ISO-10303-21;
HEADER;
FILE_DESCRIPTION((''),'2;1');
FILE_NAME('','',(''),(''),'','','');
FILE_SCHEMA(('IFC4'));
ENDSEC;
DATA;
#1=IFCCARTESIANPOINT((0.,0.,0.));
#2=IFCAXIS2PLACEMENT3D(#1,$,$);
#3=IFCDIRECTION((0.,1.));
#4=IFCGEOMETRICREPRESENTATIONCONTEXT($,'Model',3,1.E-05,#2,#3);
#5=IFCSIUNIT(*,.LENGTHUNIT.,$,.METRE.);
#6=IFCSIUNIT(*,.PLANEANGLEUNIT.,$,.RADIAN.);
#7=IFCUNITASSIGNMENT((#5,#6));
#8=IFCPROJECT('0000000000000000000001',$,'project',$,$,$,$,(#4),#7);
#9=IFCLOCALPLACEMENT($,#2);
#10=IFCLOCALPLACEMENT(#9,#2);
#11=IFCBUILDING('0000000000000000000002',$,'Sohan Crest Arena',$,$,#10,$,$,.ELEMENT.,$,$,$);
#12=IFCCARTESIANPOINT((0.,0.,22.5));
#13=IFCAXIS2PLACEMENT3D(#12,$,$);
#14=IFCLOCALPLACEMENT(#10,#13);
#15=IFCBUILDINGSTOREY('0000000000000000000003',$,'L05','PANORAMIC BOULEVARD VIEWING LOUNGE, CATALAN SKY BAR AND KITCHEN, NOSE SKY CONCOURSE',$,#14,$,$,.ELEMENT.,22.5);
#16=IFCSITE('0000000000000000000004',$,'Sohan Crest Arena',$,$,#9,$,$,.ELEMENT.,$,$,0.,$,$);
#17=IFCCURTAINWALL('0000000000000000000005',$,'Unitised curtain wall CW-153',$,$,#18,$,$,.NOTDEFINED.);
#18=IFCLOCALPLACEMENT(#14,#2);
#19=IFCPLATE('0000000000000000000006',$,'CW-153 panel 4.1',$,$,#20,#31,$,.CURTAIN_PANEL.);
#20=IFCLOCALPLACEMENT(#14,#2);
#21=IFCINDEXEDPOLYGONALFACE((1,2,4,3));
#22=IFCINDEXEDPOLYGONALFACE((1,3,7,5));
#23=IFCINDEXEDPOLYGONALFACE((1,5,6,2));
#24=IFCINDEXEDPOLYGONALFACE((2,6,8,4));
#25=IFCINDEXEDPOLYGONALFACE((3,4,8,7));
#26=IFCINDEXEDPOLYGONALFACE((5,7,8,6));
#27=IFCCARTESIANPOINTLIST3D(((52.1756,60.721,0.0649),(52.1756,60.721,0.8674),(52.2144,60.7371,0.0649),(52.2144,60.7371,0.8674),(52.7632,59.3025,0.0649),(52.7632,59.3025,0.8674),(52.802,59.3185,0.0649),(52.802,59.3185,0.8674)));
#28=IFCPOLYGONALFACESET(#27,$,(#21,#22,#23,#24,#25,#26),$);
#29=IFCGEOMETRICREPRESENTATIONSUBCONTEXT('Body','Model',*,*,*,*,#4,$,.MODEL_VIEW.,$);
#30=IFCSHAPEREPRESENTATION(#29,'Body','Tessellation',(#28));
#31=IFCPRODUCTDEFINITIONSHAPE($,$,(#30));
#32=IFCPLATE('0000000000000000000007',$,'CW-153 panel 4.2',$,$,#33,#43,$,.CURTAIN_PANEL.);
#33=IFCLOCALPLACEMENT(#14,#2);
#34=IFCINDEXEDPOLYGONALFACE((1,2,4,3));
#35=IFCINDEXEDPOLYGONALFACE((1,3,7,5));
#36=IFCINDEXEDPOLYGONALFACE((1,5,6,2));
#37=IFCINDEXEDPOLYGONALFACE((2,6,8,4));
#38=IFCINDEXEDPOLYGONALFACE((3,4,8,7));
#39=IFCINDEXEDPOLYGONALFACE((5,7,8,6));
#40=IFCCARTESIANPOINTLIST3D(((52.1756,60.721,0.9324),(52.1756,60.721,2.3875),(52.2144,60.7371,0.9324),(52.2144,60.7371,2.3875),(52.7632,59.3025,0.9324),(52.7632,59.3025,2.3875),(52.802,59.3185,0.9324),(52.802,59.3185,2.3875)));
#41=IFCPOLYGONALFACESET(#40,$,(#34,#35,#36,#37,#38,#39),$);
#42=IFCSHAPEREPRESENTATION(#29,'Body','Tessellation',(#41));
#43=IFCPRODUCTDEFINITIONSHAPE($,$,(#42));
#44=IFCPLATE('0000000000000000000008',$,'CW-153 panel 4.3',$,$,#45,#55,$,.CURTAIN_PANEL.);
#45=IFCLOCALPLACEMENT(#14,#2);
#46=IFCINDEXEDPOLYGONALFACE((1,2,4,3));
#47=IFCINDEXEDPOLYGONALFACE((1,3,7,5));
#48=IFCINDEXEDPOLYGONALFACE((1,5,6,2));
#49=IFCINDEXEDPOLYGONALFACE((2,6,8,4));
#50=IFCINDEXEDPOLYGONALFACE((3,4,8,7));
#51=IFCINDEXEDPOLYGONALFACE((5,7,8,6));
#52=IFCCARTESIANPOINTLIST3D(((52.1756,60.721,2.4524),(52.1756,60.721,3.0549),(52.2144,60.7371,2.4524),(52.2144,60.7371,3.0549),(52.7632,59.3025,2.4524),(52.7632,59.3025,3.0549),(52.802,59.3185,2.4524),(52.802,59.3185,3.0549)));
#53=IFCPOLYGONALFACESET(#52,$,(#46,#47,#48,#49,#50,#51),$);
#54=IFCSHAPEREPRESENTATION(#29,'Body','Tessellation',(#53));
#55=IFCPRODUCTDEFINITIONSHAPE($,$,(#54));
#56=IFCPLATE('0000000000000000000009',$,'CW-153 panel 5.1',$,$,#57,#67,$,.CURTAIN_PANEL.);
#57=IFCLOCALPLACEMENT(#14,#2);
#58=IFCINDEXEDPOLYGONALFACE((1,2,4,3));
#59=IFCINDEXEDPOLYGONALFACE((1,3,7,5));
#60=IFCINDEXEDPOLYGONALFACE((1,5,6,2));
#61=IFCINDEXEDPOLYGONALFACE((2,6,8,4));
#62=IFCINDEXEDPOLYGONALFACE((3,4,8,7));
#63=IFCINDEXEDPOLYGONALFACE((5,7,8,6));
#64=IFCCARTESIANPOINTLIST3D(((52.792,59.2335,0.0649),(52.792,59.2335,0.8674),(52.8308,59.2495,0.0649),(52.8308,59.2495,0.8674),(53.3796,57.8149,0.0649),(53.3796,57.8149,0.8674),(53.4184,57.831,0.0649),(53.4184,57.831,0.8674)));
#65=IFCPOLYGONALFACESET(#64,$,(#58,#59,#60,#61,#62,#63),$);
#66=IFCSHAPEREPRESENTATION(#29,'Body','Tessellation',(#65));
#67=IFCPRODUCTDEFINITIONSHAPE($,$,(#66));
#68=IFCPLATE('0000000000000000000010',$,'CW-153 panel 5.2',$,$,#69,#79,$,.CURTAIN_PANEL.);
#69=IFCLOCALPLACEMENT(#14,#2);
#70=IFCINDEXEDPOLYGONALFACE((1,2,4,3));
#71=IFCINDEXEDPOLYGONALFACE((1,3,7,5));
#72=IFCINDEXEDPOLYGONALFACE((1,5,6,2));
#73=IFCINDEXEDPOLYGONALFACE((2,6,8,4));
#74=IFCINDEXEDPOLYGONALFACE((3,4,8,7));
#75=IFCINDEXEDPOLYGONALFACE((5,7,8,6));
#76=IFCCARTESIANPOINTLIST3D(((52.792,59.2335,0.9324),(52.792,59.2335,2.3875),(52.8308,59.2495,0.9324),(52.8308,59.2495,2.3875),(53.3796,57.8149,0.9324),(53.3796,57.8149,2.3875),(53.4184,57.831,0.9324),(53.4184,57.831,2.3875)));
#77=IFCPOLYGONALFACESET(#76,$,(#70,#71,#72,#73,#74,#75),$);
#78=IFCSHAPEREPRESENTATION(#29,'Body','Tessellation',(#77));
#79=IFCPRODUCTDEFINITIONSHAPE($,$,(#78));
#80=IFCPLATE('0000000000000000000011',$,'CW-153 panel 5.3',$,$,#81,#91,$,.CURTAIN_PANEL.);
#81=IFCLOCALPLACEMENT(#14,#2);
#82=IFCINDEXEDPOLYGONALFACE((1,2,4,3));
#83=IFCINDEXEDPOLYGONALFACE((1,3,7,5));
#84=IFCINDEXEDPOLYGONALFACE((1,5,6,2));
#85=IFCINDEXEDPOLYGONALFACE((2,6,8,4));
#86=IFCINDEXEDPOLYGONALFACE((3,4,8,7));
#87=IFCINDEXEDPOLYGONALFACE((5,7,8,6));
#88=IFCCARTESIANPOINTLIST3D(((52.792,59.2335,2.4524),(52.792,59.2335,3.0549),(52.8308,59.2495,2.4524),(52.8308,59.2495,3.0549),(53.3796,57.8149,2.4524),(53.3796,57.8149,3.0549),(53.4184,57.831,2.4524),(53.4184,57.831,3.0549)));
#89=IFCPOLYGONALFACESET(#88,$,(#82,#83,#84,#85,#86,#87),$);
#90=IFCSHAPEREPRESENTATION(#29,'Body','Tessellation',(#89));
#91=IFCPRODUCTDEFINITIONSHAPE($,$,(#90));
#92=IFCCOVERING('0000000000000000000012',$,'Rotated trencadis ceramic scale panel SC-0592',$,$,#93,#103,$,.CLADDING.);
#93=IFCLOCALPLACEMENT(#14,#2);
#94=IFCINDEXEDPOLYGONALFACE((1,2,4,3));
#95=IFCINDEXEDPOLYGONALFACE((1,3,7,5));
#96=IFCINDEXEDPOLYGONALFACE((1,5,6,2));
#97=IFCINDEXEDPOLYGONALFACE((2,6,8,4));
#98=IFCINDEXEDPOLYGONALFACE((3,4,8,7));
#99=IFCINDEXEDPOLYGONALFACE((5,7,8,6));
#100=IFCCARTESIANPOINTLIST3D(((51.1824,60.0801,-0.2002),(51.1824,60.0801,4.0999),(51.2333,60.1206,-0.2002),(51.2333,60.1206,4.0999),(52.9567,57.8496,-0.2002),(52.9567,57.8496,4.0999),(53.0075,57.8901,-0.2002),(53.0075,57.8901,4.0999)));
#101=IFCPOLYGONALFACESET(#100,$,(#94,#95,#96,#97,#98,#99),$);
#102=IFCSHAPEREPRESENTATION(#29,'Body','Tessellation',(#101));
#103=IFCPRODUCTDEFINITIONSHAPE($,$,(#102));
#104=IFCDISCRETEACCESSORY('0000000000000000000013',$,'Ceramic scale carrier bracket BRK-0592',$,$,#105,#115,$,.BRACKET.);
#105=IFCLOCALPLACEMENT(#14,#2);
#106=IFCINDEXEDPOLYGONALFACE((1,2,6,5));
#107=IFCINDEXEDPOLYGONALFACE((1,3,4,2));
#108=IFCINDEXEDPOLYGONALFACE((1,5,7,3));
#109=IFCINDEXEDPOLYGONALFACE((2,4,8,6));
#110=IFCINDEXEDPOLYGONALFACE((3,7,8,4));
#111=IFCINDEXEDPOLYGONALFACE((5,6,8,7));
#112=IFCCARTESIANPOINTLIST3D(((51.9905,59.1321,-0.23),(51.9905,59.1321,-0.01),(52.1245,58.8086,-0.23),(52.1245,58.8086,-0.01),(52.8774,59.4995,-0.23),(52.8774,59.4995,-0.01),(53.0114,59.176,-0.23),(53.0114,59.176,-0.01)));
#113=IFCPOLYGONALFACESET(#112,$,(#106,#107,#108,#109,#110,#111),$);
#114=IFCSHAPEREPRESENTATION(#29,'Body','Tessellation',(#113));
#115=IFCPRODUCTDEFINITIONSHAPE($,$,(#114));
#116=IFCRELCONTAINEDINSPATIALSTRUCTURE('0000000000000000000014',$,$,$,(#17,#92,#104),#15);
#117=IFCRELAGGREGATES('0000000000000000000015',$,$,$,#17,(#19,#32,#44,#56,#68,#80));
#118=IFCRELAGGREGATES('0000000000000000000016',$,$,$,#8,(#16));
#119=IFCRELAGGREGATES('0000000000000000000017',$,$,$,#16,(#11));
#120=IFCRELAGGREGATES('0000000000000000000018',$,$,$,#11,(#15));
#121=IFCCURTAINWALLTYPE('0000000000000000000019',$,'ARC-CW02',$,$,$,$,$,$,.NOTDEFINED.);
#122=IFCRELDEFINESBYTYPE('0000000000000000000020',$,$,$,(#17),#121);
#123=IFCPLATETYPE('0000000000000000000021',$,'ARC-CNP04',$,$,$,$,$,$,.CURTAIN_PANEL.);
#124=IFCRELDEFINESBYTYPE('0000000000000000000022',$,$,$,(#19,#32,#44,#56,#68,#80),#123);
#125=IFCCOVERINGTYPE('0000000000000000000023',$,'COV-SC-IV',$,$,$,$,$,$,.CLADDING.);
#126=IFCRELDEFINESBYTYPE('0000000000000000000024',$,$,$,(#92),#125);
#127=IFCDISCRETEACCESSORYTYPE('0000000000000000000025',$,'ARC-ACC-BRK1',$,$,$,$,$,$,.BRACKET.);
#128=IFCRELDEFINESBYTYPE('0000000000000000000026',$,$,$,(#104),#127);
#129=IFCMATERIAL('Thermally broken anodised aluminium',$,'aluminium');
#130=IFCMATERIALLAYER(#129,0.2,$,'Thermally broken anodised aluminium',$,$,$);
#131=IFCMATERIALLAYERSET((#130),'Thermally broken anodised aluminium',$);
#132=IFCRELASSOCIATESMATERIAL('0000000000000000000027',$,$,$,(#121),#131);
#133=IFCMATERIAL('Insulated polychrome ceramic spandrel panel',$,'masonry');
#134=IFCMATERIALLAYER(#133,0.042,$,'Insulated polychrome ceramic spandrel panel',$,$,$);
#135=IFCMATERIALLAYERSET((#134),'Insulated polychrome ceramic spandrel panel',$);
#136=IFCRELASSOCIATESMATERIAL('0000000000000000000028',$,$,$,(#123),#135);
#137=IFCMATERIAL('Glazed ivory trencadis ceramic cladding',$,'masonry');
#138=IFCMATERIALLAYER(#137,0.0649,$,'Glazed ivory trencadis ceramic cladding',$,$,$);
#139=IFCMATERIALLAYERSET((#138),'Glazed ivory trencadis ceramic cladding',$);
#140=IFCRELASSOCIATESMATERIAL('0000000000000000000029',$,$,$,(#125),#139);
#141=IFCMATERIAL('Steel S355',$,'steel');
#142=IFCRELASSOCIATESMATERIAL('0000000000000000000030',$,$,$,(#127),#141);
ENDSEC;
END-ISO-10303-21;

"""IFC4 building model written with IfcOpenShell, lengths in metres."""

from ifc_helpers import new_model, si_unit, direction, frame, origin, origin_2d, place, context, subcontext, project, spatial, rectangle, extrude, material, layer, layer_set, type_object, element, aggregate, save


model = new_model("IFC4")

# Units and contexts
model_context = context("Model", 3, precision=1e-05, world=origin(), true_north=direction((0.0, 1.0)))
body_context = subcontext(model_context, "Body", "Model", "MODEL_VIEW")
ifc_project = project(units=[si_unit("LENGTHUNIT", "METRE"), si_unit("PLANEANGLEUNIT", "RADIAN")], contexts=[model_context])

# Site, building, storey
site_placement = place(None, origin())
site = spatial("IfcSite", under=ifc_project, at=site_placement, Name="Sohan Crest Arena", CompositionType="ELEMENT", RefElevation=0.0)
building_placement = place(site_placement, origin())
building = spatial("IfcBuilding", under=site, at=building_placement, Name="Sohan Crest Arena", CompositionType="ELEMENT")
storey_placement = place(building_placement, frame((0.0, 0.0, 22.5)))
storey = spatial("IfcBuildingStorey", under=building, at=storey_placement, Name="L05", Description="PANORAMIC BOULEVARD VIEWING LOUNGE, CATALAN SKY BAR AND KITCHEN, NOSE SKY CONCOURSE", CompositionType="ELEMENT", Elevation=22.5)

# Curtain wall, plates
ifc_material_1 = material(Name="Thermally broken anodised aluminium", Category="aluminium")
ifc_layer_1 = layer(ifc_material_1, 0.2, Name="Thermally broken anodised aluminium")
ifc_layer_set_1 = layer_set([ifc_layer_1], Name="Thermally broken anodised aluminium")
curtain_wall_type = type_object("IfcCurtainWallType", Name="ARC-CW02", PredefinedType="NOTDEFINED", material=ifc_layer_set_1)
curtain_wall_placement = place(storey_placement, origin())
curtain_wall = element("IfcCurtainWall", 1, at=curtain_wall_placement, inside=storey, type_object=curtain_wall_type, Name="Unitised curtain wall CW-153", PredefinedType="NOTDEFINED")
ifc_material_2 = material(Name="Insulated polychrome ceramic spandrel panel", Category="masonry")
ifc_layer_2 = layer(ifc_material_2, 0.042, Name="Insulated polychrome ceramic spandrel panel")
ifc_layer_set_2 = layer_set([ifc_layer_2], Name="Insulated polychrome ceramic spandrel panel")
plate_type = type_object("IfcPlateType", Name="ARC-CNP04", PredefinedType="CURTAIN_PANEL", material=ifc_layer_set_2)
plate_1_placement = place(storey_placement, frame((52.4888, 60.0198, 0.0649), z_axis=(0.0, 0.0, 1.0), x_axis=(0.382685, -0.923879, 0.0)))
plate_1 = element("IfcPlate", 2, at=plate_1_placement, type_object=plate_type, Name="CW-153 panel 4.1", PredefinedType="CURTAIN_PANEL", context=body_context, shape_type="SweptSolid", body=[
    extrude(rectangle(XDim=1.5354, YDim=0.042, at=origin_2d()), origin(), (0.0, 0.0, 1.0), 0.8025),
])
plate_2_placement = place(storey_placement, frame((52.4888, 60.0198, 0.9324), z_axis=(0.0, 0.0, 1.0), x_axis=(0.382685, -0.923879, 0.0)))
plate_2 = element("IfcPlate", 3, at=plate_2_placement, type_object=plate_type, Name="CW-153 panel 4.2", PredefinedType="CURTAIN_PANEL", context=body_context, shape_type="SweptSolid", body=[
    extrude(rectangle(XDim=1.5354, YDim=0.042, at=origin_2d()), origin(), (0.0, 0.0, 1.0), 1.4551),
])
plate_3_placement = place(storey_placement, frame((52.4888, 60.0198, 2.4524), z_axis=(0.0, 0.0, 1.0), x_axis=(0.382685, -0.923879, 0.0)))
plate_3 = element("IfcPlate", 4, at=plate_3_placement, type_object=plate_type, Name="CW-153 panel 4.3", PredefinedType="CURTAIN_PANEL", context=body_context, shape_type="SweptSolid", body=[
    extrude(rectangle(XDim=1.5354, YDim=0.042, at=origin_2d()), origin(), (0.0, 0.0, 1.0), 0.6025),
])
plate_4_placement = place(storey_placement, frame((53.1052, 58.5322, 0.0649), z_axis=(0.0, 0.0, 1.0), x_axis=(0.382685, -0.923879, 0.0)))
plate_4 = element("IfcPlate", 5, at=plate_4_placement, type_object=plate_type, Name="CW-153 panel 5.1", PredefinedType="CURTAIN_PANEL", context=body_context, shape_type="SweptSolid", body=[
    extrude(rectangle(XDim=1.5354, YDim=0.042, at=origin_2d()), origin(), (0.0, 0.0, 1.0), 0.8025),
])
plate_5_placement = place(storey_placement, frame((53.1052, 58.5322, 0.9324), z_axis=(0.0, 0.0, 1.0), x_axis=(0.382685, -0.923879, 0.0)))
plate_5 = element("IfcPlate", 6, at=plate_5_placement, type_object=plate_type, Name="CW-153 panel 5.2", PredefinedType="CURTAIN_PANEL", context=body_context, shape_type="SweptSolid", body=[
    extrude(rectangle(XDim=1.5354, YDim=0.042, at=origin_2d()), origin(), (0.0, 0.0, 1.0), 1.4551),
])
plate_6_placement = place(storey_placement, frame((53.1052, 58.5322, 2.4524), z_axis=(0.0, 0.0, 1.0), x_axis=(0.382685, -0.923879, 0.0)))
plate_6 = element("IfcPlate", 7, at=plate_6_placement, type_object=plate_type, Name="CW-153 panel 5.3", PredefinedType="CURTAIN_PANEL", context=body_context, shape_type="SweptSolid", body=[
    extrude(rectangle(XDim=1.5354, YDim=0.042, at=origin_2d()), origin(), (0.0, 0.0, 1.0), 0.6025),
])
aggregate(curtain_wall, [plate_1, plate_2, plate_3, plate_4, plate_5, plate_6])

# Covering
ifc_material_3 = material(Name="Glazed ivory trencadis ceramic cladding", Category="masonry")
ifc_layer_3 = layer(ifc_material_3, 0.0649, Name="Glazed ivory trencadis ceramic cladding")
ifc_layer_set_3 = layer_set([ifc_layer_3], Name="Glazed ivory trencadis ceramic cladding")
covering_type = type_object("IfcCoveringType", Name="COV-SC-IV", PredefinedType="CLADDING", material=ifc_layer_set_3)
covering_placement = place(storey_placement, frame((52.095, 58.9851, -0.2002), z_axis=(0.0, 0.0, 1.0), x_axis=(0.622515, -0.782608, 0.0)))
element("IfcCovering", 8, at=covering_placement, inside=storey, type_object=covering_type, Name="Rotated trencadis ceramic scale panel SC-0592", PredefinedType="CLADDING", context=body_context, shape_type="SweptSolid", body=[
    extrude(rectangle(XDim=2.8501, YDim=0.0649, at=origin_2d()), origin(), (0.0, 0.0, 1.0), 4.3),
])

# Discrete accessory
ifc_material_4 = material(Name="Steel S355", Category="steel")
discrete_accessory_type = type_object("IfcDiscreteAccessoryType", Name="ARC-ACC-BRK1", PredefinedType="BRACKET", material=ifc_material_4)
discrete_accessory_placement = place(storey_placement, frame((52.501, 59.1541, -0.23), z_axis=(0.0, 0.0, 1.0), x_axis=(0.382683, -0.92388, 0.0)))
element("IfcDiscreteAccessory", 9, at=discrete_accessory_placement, inside=storey, type_object=discrete_accessory_type, Name="Ceramic scale carrier bracket BRK-0592", PredefinedType="BRACKET", context=body_context, shape_type="SweptSolid", body=[
    extrude(rectangle(XDim=0.3501, YDim=0.96, at=origin_2d()), origin(), (0.0, 0.0, 1.0), 0.22),
])

save(model, "model.ifc")
